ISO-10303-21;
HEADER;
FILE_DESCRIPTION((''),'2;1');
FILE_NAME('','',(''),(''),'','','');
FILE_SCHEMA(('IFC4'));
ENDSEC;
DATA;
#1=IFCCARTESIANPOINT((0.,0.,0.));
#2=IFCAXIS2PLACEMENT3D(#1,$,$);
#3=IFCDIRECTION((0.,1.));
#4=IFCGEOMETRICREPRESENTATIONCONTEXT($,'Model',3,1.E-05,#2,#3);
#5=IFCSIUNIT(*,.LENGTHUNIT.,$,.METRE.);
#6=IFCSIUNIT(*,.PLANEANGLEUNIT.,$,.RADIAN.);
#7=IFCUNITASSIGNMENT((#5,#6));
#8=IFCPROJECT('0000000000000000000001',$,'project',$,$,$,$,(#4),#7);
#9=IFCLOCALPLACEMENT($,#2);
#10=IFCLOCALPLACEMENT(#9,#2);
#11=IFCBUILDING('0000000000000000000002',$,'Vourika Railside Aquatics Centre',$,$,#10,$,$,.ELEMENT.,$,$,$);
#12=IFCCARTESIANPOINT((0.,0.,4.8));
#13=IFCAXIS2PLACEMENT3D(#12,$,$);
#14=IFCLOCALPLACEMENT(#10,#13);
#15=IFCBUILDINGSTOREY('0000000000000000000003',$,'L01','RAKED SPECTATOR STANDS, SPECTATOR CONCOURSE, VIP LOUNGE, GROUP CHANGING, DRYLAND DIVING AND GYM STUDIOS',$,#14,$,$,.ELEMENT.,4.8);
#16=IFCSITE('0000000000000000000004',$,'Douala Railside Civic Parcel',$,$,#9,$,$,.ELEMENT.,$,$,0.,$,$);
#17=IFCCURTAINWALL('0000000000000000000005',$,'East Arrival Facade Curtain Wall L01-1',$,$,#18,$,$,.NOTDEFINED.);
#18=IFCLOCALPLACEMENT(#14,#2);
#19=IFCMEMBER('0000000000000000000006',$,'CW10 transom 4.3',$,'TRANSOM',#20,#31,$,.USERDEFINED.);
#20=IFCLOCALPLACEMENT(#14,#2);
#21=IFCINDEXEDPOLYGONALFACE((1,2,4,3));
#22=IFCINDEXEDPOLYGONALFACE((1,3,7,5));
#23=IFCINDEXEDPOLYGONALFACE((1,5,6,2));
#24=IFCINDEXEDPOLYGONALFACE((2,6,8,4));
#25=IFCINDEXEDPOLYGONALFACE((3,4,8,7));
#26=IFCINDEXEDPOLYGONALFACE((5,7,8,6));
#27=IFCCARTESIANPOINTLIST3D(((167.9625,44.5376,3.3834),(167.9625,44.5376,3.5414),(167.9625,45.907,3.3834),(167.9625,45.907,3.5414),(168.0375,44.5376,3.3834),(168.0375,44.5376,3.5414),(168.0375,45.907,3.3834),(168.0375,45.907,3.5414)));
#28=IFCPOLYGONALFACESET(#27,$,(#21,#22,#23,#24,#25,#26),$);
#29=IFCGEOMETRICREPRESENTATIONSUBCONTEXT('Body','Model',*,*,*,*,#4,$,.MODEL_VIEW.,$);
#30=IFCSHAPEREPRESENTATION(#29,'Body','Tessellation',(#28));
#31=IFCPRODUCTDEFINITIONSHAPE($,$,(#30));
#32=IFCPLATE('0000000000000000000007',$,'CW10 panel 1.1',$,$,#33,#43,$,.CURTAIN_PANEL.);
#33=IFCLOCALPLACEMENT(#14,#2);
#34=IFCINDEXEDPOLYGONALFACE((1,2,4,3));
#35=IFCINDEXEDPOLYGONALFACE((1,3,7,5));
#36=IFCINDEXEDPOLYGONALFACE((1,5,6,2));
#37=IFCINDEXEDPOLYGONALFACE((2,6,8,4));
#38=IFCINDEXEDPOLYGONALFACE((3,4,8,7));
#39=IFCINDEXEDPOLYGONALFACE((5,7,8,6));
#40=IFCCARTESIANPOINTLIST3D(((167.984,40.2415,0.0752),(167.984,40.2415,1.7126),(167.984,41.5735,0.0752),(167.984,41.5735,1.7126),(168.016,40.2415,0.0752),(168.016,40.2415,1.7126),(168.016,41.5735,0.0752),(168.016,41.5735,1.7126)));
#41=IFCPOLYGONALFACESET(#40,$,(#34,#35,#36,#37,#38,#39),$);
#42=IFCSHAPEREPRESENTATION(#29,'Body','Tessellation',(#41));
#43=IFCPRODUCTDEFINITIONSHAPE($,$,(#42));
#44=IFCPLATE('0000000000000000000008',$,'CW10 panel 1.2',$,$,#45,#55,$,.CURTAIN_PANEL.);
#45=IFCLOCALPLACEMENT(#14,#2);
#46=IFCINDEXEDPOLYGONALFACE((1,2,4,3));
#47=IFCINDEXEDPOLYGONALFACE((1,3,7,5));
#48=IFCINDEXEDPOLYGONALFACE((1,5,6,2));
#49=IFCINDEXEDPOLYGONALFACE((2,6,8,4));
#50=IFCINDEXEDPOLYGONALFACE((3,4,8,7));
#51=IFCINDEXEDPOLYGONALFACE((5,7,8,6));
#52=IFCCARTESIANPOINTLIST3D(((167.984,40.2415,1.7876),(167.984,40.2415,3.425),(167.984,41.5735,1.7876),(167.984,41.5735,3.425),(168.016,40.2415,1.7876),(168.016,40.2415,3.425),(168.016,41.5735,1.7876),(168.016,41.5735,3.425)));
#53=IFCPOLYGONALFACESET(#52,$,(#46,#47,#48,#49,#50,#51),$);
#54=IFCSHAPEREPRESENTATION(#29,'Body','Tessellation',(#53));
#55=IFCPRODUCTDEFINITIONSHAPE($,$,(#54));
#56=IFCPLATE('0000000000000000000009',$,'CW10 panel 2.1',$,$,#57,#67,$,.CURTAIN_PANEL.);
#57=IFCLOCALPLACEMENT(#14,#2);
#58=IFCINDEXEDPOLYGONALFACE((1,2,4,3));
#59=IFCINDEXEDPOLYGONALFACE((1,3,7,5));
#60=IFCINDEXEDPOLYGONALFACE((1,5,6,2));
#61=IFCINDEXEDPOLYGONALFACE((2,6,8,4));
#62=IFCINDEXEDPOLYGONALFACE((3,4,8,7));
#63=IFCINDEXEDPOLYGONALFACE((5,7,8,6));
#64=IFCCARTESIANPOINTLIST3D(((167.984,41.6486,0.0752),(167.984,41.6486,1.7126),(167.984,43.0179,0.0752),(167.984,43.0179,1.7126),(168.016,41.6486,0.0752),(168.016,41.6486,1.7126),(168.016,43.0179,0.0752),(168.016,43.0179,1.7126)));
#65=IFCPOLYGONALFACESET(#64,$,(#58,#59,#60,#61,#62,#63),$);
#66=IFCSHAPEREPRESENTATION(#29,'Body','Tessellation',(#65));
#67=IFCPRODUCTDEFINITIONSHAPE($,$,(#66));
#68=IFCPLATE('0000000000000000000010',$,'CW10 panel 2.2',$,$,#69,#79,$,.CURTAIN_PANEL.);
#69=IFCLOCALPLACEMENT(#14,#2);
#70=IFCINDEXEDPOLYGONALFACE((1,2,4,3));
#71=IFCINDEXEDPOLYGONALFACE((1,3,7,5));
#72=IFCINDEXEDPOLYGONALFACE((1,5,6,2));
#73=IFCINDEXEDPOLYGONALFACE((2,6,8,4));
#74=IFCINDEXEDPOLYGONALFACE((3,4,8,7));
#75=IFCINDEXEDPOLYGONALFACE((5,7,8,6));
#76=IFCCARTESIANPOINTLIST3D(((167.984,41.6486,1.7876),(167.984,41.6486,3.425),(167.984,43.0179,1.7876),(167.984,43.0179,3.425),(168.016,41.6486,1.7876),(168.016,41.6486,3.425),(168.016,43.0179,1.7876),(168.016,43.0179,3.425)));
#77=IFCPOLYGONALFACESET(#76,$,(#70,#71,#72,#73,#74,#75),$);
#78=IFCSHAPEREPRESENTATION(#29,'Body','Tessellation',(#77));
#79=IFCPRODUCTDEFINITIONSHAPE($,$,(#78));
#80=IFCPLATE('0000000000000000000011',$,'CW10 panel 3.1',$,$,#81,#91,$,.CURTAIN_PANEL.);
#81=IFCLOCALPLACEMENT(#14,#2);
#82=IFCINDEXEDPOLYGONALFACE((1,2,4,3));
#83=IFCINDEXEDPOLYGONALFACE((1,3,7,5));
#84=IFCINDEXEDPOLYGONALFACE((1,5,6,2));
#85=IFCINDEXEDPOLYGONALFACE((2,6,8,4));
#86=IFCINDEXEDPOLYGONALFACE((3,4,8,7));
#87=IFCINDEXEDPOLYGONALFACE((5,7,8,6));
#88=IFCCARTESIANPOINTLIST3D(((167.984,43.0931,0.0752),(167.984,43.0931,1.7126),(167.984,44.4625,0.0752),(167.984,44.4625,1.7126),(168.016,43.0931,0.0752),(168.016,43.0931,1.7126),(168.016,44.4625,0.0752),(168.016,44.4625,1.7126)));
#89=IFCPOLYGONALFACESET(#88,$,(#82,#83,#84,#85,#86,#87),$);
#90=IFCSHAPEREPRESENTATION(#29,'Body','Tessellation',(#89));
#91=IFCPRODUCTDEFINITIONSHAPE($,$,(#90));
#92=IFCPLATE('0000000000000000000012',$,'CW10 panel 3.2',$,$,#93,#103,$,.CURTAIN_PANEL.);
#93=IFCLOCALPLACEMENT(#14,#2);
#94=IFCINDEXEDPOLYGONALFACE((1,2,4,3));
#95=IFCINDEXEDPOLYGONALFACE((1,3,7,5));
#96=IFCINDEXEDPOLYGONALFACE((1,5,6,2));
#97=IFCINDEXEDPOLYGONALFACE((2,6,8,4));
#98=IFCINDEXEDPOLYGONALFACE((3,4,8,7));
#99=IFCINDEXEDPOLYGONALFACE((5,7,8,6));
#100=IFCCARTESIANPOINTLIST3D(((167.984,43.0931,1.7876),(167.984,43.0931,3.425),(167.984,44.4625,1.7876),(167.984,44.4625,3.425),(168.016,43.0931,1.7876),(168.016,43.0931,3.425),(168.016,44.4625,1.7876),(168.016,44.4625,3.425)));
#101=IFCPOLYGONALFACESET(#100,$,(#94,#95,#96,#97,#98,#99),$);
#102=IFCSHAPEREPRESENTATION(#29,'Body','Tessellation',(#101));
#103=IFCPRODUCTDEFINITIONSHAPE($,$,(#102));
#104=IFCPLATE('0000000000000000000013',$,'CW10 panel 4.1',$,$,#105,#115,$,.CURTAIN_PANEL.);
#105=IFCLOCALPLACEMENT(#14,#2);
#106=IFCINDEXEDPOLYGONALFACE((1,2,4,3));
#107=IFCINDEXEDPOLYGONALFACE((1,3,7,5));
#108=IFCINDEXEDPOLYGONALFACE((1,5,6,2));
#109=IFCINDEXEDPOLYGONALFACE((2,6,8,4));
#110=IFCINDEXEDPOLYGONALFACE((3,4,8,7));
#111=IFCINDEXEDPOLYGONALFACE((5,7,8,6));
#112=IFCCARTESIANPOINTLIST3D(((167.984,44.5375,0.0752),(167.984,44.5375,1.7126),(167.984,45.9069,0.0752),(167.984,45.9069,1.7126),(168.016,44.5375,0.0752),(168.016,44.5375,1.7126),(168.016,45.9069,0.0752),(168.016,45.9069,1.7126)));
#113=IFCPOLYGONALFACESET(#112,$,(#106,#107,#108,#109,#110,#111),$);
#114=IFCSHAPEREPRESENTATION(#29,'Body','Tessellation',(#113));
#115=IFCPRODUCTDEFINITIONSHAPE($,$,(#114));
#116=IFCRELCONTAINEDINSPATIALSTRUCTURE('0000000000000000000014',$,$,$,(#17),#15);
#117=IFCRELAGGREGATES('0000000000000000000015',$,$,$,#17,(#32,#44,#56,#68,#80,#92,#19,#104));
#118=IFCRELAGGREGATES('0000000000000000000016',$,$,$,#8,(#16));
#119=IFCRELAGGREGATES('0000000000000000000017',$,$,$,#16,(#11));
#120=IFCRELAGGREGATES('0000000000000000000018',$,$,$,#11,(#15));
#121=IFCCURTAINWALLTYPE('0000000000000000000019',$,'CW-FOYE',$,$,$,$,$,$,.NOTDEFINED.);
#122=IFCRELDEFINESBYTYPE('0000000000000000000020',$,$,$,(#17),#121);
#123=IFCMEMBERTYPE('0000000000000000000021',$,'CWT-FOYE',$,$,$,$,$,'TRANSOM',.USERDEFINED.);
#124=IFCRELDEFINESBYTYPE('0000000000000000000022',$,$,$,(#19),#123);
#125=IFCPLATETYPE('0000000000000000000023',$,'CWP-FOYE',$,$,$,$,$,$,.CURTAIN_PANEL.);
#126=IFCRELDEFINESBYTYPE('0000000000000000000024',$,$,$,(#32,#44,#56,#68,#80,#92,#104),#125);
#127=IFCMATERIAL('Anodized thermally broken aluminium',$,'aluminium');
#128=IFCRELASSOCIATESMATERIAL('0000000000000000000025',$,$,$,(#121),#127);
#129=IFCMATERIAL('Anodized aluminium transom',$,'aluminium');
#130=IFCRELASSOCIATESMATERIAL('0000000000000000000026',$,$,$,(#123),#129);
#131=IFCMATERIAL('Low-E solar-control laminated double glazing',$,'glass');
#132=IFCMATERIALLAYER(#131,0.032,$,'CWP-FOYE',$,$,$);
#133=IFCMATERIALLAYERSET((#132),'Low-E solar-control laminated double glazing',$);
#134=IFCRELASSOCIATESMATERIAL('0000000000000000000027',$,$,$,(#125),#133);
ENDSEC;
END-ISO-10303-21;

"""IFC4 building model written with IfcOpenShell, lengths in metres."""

from ifc_helpers import new_model, si_unit, direction, frame, origin, origin_2d, place, context, subcontext, project, spatial, rectangle, extrude, material, layer, layer_set, material_profile, profile_set, type_object, element, aggregate, save


model = new_model("IFC4")

# Units and contexts
model_context = context("Model", 3, precision=1e-05, world=origin(), true_north=direction((0.0, 1.0)))
body_context = subcontext(model_context, "Body", "Model", "MODEL_VIEW")
ifc_project = project(units=[si_unit("LENGTHUNIT", "METRE"), si_unit("PLANEANGLEUNIT", "RADIAN")], contexts=[model_context])

# Site, building, storey
site_placement = place(None, origin())
site = spatial("IfcSite", under=ifc_project, at=site_placement, Name="Douala Railside Civic Parcel", CompositionType="ELEMENT", RefElevation=0.0)
building_placement = place(site_placement, origin())
building = spatial("IfcBuilding", under=site, at=building_placement, Name="Vourika Railside Aquatics Centre", CompositionType="ELEMENT")
storey_placement = place(building_placement, frame((0.0, 0.0, 4.8)))
storey = spatial("IfcBuildingStorey", under=building, at=storey_placement, Name="L01", Description="RAKED SPECTATOR STANDS, SPECTATOR CONCOURSE, VIP LOUNGE, GROUP CHANGING, DRYLAND DIVING AND GYM STUDIOS", CompositionType="ELEMENT", Elevation=4.8)

# Curtain wall, member, plates
ifc_material_1 = material(Name="Anodized thermally broken aluminium", Category="aluminium")
curtain_wall_type = type_object("IfcCurtainWallType", Name="CW-FOYE", PredefinedType="NOTDEFINED", material=ifc_material_1)
curtain_wall_placement = place(storey_placement, origin())
curtain_wall = element("IfcCurtainWall", 1, at=curtain_wall_placement, inside=storey, type_object=curtain_wall_type, Name="East Arrival Facade Curtain Wall L01-1", PredefinedType="NOTDEFINED")
ifc_material_2 = material(Name="Anodized aluminium transom", Category="aluminium")
ifc_material_profile_1 = material_profile(ifc_material_2, rectangle(XDim=0.075, YDim=0.158, at=origin_2d()), Name="ALU-T 75x158")
ifc_profile_set_1 = profile_set([ifc_material_profile_1], Name="Anodized aluminium transom")
member_type_1 = type_object("IfcMemberType", Name="CWT-FOYE", ElementType="TRANSOM", PredefinedType="USERDEFINED", material=ifc_profile_set_1)
member_1_placement = place(storey_placement, frame((168.0, 44.5376, 3.4624), z_axis=(0.0, 1.0, 0.0), x_axis=(-1.0, 0.0, 0.0)))
member_1 = element("IfcMember", 2, at=member_1_placement, type_object=member_type_1, Name="CW10 transom 4.3", ObjectType="TRANSOM", PredefinedType="USERDEFINED", context=body_context, shape_type="SweptSolid", body=[
    extrude(rectangle(XDim=0.075, YDim=0.158, at=origin_2d()), origin(), (0.0, 0.0, 1.0), 1.3694),
])
ifc_material_3 = material(Name="Low-E solar-control laminated double glazing", Category="glass")
ifc_layer = layer(ifc_material_3, 0.032, Name="CWP-FOYE")
ifc_layer_set = layer_set([ifc_layer], Name="Low-E solar-control laminated double glazing")
plate_type = type_object("IfcPlateType", Name="CWP-FOYE", PredefinedType="CURTAIN_PANEL", material=ifc_layer_set)
plate_1_placement = place(storey_placement, frame((168.0, 40.9075, 0.0752), z_axis=(0.0, 0.0, 1.0), x_axis=(0.0, 1.0, 0.0)))
plate_1 = element("IfcPlate", 3, at=plate_1_placement, type_object=plate_type, Name="CW10 panel 1.1", PredefinedType="CURTAIN_PANEL", context=body_context, shape_type="SweptSolid", body=[
    extrude(rectangle(XDim=1.332, YDim=0.032, at=origin_2d()), origin(), (0.0, 0.0, 1.0), 1.6375),
])
plate_2_placement = place(storey_placement, frame((168.0, 40.9075, 1.7876), z_axis=(0.0, 0.0, 1.0), x_axis=(0.0, 1.0, 0.0)))
plate_2 = element("IfcPlate", 4, at=plate_2_placement, type_object=plate_type, Name="CW10 panel 1.2", PredefinedType="CURTAIN_PANEL", context=body_context, shape_type="SweptSolid", body=[
    extrude(rectangle(XDim=1.332, YDim=0.032, at=origin_2d()), origin(), (0.0, 0.0, 1.0), 1.6375),
])
plate_3_placement = place(storey_placement, frame((168.0, 42.3333, 0.0752), z_axis=(0.0, 0.0, 1.0), x_axis=(0.0, 1.0, 0.0)))
plate_3 = element("IfcPlate", 5, at=plate_3_placement, type_object=plate_type, Name="CW10 panel 2.1", PredefinedType="CURTAIN_PANEL", context=body_context, shape_type="SweptSolid", body=[
    extrude(rectangle(XDim=1.3694, YDim=0.032, at=origin_2d()), origin(), (0.0, 0.0, 1.0), 1.6375),
])
plate_4_placement = place(storey_placement, frame((168.0, 42.3333, 1.7876), z_axis=(0.0, 0.0, 1.0), x_axis=(0.0, 1.0, 0.0)))
plate_4 = element("IfcPlate", 6, at=plate_4_placement, type_object=plate_type, Name="CW10 panel 2.2", PredefinedType="CURTAIN_PANEL", context=body_context, shape_type="SweptSolid", body=[
    extrude(rectangle(XDim=1.3694, YDim=0.032, at=origin_2d()), origin(), (0.0, 0.0, 1.0), 1.6375),
])
plate_5_placement = place(storey_placement, frame((168.0, 43.7778, 0.0752), z_axis=(0.0, 0.0, 1.0), x_axis=(0.0, 1.0, 0.0)))
plate_5 = element("IfcPlate", 7, at=plate_5_placement, type_object=plate_type, Name="CW10 panel 3.1", PredefinedType="CURTAIN_PANEL", context=body_context, shape_type="SweptSolid", body=[
    extrude(rectangle(XDim=1.3694, YDim=0.032, at=origin_2d()), origin(), (0.0, 0.0, 1.0), 1.6375),
])
plate_6_placement = place(storey_placement, frame((168.0, 43.7778, 1.7876), z_axis=(0.0, 0.0, 1.0), x_axis=(0.0, 1.0, 0.0)))
plate_6 = element("IfcPlate", 8, at=plate_6_placement, type_object=plate_type, Name="CW10 panel 3.2", PredefinedType="CURTAIN_PANEL", context=body_context, shape_type="SweptSolid", body=[
    extrude(rectangle(XDim=1.3694, YDim=0.032, at=origin_2d()), origin(), (0.0, 0.0, 1.0), 1.6375),
])
plate_7_placement = place(storey_placement, frame((168.0, 45.2222, 0.0752), z_axis=(0.0, 0.0, 1.0), x_axis=(0.0, 1.0, 0.0)))
plate_7 = element("IfcPlate", 9, at=plate_7_placement, type_object=plate_type, Name="CW10 panel 4.1", PredefinedType="CURTAIN_PANEL", context=body_context, shape_type="SweptSolid", body=[
    extrude(rectangle(XDim=1.3694, YDim=0.032, at=origin_2d()), origin(), (0.0, 0.0, 1.0), 1.6375),
])
aggregate(curtain_wall, [plate_1, plate_2, plate_3, plate_4, plate_5, plate_6, member_1, plate_7])

save(model, "model.ifc")
